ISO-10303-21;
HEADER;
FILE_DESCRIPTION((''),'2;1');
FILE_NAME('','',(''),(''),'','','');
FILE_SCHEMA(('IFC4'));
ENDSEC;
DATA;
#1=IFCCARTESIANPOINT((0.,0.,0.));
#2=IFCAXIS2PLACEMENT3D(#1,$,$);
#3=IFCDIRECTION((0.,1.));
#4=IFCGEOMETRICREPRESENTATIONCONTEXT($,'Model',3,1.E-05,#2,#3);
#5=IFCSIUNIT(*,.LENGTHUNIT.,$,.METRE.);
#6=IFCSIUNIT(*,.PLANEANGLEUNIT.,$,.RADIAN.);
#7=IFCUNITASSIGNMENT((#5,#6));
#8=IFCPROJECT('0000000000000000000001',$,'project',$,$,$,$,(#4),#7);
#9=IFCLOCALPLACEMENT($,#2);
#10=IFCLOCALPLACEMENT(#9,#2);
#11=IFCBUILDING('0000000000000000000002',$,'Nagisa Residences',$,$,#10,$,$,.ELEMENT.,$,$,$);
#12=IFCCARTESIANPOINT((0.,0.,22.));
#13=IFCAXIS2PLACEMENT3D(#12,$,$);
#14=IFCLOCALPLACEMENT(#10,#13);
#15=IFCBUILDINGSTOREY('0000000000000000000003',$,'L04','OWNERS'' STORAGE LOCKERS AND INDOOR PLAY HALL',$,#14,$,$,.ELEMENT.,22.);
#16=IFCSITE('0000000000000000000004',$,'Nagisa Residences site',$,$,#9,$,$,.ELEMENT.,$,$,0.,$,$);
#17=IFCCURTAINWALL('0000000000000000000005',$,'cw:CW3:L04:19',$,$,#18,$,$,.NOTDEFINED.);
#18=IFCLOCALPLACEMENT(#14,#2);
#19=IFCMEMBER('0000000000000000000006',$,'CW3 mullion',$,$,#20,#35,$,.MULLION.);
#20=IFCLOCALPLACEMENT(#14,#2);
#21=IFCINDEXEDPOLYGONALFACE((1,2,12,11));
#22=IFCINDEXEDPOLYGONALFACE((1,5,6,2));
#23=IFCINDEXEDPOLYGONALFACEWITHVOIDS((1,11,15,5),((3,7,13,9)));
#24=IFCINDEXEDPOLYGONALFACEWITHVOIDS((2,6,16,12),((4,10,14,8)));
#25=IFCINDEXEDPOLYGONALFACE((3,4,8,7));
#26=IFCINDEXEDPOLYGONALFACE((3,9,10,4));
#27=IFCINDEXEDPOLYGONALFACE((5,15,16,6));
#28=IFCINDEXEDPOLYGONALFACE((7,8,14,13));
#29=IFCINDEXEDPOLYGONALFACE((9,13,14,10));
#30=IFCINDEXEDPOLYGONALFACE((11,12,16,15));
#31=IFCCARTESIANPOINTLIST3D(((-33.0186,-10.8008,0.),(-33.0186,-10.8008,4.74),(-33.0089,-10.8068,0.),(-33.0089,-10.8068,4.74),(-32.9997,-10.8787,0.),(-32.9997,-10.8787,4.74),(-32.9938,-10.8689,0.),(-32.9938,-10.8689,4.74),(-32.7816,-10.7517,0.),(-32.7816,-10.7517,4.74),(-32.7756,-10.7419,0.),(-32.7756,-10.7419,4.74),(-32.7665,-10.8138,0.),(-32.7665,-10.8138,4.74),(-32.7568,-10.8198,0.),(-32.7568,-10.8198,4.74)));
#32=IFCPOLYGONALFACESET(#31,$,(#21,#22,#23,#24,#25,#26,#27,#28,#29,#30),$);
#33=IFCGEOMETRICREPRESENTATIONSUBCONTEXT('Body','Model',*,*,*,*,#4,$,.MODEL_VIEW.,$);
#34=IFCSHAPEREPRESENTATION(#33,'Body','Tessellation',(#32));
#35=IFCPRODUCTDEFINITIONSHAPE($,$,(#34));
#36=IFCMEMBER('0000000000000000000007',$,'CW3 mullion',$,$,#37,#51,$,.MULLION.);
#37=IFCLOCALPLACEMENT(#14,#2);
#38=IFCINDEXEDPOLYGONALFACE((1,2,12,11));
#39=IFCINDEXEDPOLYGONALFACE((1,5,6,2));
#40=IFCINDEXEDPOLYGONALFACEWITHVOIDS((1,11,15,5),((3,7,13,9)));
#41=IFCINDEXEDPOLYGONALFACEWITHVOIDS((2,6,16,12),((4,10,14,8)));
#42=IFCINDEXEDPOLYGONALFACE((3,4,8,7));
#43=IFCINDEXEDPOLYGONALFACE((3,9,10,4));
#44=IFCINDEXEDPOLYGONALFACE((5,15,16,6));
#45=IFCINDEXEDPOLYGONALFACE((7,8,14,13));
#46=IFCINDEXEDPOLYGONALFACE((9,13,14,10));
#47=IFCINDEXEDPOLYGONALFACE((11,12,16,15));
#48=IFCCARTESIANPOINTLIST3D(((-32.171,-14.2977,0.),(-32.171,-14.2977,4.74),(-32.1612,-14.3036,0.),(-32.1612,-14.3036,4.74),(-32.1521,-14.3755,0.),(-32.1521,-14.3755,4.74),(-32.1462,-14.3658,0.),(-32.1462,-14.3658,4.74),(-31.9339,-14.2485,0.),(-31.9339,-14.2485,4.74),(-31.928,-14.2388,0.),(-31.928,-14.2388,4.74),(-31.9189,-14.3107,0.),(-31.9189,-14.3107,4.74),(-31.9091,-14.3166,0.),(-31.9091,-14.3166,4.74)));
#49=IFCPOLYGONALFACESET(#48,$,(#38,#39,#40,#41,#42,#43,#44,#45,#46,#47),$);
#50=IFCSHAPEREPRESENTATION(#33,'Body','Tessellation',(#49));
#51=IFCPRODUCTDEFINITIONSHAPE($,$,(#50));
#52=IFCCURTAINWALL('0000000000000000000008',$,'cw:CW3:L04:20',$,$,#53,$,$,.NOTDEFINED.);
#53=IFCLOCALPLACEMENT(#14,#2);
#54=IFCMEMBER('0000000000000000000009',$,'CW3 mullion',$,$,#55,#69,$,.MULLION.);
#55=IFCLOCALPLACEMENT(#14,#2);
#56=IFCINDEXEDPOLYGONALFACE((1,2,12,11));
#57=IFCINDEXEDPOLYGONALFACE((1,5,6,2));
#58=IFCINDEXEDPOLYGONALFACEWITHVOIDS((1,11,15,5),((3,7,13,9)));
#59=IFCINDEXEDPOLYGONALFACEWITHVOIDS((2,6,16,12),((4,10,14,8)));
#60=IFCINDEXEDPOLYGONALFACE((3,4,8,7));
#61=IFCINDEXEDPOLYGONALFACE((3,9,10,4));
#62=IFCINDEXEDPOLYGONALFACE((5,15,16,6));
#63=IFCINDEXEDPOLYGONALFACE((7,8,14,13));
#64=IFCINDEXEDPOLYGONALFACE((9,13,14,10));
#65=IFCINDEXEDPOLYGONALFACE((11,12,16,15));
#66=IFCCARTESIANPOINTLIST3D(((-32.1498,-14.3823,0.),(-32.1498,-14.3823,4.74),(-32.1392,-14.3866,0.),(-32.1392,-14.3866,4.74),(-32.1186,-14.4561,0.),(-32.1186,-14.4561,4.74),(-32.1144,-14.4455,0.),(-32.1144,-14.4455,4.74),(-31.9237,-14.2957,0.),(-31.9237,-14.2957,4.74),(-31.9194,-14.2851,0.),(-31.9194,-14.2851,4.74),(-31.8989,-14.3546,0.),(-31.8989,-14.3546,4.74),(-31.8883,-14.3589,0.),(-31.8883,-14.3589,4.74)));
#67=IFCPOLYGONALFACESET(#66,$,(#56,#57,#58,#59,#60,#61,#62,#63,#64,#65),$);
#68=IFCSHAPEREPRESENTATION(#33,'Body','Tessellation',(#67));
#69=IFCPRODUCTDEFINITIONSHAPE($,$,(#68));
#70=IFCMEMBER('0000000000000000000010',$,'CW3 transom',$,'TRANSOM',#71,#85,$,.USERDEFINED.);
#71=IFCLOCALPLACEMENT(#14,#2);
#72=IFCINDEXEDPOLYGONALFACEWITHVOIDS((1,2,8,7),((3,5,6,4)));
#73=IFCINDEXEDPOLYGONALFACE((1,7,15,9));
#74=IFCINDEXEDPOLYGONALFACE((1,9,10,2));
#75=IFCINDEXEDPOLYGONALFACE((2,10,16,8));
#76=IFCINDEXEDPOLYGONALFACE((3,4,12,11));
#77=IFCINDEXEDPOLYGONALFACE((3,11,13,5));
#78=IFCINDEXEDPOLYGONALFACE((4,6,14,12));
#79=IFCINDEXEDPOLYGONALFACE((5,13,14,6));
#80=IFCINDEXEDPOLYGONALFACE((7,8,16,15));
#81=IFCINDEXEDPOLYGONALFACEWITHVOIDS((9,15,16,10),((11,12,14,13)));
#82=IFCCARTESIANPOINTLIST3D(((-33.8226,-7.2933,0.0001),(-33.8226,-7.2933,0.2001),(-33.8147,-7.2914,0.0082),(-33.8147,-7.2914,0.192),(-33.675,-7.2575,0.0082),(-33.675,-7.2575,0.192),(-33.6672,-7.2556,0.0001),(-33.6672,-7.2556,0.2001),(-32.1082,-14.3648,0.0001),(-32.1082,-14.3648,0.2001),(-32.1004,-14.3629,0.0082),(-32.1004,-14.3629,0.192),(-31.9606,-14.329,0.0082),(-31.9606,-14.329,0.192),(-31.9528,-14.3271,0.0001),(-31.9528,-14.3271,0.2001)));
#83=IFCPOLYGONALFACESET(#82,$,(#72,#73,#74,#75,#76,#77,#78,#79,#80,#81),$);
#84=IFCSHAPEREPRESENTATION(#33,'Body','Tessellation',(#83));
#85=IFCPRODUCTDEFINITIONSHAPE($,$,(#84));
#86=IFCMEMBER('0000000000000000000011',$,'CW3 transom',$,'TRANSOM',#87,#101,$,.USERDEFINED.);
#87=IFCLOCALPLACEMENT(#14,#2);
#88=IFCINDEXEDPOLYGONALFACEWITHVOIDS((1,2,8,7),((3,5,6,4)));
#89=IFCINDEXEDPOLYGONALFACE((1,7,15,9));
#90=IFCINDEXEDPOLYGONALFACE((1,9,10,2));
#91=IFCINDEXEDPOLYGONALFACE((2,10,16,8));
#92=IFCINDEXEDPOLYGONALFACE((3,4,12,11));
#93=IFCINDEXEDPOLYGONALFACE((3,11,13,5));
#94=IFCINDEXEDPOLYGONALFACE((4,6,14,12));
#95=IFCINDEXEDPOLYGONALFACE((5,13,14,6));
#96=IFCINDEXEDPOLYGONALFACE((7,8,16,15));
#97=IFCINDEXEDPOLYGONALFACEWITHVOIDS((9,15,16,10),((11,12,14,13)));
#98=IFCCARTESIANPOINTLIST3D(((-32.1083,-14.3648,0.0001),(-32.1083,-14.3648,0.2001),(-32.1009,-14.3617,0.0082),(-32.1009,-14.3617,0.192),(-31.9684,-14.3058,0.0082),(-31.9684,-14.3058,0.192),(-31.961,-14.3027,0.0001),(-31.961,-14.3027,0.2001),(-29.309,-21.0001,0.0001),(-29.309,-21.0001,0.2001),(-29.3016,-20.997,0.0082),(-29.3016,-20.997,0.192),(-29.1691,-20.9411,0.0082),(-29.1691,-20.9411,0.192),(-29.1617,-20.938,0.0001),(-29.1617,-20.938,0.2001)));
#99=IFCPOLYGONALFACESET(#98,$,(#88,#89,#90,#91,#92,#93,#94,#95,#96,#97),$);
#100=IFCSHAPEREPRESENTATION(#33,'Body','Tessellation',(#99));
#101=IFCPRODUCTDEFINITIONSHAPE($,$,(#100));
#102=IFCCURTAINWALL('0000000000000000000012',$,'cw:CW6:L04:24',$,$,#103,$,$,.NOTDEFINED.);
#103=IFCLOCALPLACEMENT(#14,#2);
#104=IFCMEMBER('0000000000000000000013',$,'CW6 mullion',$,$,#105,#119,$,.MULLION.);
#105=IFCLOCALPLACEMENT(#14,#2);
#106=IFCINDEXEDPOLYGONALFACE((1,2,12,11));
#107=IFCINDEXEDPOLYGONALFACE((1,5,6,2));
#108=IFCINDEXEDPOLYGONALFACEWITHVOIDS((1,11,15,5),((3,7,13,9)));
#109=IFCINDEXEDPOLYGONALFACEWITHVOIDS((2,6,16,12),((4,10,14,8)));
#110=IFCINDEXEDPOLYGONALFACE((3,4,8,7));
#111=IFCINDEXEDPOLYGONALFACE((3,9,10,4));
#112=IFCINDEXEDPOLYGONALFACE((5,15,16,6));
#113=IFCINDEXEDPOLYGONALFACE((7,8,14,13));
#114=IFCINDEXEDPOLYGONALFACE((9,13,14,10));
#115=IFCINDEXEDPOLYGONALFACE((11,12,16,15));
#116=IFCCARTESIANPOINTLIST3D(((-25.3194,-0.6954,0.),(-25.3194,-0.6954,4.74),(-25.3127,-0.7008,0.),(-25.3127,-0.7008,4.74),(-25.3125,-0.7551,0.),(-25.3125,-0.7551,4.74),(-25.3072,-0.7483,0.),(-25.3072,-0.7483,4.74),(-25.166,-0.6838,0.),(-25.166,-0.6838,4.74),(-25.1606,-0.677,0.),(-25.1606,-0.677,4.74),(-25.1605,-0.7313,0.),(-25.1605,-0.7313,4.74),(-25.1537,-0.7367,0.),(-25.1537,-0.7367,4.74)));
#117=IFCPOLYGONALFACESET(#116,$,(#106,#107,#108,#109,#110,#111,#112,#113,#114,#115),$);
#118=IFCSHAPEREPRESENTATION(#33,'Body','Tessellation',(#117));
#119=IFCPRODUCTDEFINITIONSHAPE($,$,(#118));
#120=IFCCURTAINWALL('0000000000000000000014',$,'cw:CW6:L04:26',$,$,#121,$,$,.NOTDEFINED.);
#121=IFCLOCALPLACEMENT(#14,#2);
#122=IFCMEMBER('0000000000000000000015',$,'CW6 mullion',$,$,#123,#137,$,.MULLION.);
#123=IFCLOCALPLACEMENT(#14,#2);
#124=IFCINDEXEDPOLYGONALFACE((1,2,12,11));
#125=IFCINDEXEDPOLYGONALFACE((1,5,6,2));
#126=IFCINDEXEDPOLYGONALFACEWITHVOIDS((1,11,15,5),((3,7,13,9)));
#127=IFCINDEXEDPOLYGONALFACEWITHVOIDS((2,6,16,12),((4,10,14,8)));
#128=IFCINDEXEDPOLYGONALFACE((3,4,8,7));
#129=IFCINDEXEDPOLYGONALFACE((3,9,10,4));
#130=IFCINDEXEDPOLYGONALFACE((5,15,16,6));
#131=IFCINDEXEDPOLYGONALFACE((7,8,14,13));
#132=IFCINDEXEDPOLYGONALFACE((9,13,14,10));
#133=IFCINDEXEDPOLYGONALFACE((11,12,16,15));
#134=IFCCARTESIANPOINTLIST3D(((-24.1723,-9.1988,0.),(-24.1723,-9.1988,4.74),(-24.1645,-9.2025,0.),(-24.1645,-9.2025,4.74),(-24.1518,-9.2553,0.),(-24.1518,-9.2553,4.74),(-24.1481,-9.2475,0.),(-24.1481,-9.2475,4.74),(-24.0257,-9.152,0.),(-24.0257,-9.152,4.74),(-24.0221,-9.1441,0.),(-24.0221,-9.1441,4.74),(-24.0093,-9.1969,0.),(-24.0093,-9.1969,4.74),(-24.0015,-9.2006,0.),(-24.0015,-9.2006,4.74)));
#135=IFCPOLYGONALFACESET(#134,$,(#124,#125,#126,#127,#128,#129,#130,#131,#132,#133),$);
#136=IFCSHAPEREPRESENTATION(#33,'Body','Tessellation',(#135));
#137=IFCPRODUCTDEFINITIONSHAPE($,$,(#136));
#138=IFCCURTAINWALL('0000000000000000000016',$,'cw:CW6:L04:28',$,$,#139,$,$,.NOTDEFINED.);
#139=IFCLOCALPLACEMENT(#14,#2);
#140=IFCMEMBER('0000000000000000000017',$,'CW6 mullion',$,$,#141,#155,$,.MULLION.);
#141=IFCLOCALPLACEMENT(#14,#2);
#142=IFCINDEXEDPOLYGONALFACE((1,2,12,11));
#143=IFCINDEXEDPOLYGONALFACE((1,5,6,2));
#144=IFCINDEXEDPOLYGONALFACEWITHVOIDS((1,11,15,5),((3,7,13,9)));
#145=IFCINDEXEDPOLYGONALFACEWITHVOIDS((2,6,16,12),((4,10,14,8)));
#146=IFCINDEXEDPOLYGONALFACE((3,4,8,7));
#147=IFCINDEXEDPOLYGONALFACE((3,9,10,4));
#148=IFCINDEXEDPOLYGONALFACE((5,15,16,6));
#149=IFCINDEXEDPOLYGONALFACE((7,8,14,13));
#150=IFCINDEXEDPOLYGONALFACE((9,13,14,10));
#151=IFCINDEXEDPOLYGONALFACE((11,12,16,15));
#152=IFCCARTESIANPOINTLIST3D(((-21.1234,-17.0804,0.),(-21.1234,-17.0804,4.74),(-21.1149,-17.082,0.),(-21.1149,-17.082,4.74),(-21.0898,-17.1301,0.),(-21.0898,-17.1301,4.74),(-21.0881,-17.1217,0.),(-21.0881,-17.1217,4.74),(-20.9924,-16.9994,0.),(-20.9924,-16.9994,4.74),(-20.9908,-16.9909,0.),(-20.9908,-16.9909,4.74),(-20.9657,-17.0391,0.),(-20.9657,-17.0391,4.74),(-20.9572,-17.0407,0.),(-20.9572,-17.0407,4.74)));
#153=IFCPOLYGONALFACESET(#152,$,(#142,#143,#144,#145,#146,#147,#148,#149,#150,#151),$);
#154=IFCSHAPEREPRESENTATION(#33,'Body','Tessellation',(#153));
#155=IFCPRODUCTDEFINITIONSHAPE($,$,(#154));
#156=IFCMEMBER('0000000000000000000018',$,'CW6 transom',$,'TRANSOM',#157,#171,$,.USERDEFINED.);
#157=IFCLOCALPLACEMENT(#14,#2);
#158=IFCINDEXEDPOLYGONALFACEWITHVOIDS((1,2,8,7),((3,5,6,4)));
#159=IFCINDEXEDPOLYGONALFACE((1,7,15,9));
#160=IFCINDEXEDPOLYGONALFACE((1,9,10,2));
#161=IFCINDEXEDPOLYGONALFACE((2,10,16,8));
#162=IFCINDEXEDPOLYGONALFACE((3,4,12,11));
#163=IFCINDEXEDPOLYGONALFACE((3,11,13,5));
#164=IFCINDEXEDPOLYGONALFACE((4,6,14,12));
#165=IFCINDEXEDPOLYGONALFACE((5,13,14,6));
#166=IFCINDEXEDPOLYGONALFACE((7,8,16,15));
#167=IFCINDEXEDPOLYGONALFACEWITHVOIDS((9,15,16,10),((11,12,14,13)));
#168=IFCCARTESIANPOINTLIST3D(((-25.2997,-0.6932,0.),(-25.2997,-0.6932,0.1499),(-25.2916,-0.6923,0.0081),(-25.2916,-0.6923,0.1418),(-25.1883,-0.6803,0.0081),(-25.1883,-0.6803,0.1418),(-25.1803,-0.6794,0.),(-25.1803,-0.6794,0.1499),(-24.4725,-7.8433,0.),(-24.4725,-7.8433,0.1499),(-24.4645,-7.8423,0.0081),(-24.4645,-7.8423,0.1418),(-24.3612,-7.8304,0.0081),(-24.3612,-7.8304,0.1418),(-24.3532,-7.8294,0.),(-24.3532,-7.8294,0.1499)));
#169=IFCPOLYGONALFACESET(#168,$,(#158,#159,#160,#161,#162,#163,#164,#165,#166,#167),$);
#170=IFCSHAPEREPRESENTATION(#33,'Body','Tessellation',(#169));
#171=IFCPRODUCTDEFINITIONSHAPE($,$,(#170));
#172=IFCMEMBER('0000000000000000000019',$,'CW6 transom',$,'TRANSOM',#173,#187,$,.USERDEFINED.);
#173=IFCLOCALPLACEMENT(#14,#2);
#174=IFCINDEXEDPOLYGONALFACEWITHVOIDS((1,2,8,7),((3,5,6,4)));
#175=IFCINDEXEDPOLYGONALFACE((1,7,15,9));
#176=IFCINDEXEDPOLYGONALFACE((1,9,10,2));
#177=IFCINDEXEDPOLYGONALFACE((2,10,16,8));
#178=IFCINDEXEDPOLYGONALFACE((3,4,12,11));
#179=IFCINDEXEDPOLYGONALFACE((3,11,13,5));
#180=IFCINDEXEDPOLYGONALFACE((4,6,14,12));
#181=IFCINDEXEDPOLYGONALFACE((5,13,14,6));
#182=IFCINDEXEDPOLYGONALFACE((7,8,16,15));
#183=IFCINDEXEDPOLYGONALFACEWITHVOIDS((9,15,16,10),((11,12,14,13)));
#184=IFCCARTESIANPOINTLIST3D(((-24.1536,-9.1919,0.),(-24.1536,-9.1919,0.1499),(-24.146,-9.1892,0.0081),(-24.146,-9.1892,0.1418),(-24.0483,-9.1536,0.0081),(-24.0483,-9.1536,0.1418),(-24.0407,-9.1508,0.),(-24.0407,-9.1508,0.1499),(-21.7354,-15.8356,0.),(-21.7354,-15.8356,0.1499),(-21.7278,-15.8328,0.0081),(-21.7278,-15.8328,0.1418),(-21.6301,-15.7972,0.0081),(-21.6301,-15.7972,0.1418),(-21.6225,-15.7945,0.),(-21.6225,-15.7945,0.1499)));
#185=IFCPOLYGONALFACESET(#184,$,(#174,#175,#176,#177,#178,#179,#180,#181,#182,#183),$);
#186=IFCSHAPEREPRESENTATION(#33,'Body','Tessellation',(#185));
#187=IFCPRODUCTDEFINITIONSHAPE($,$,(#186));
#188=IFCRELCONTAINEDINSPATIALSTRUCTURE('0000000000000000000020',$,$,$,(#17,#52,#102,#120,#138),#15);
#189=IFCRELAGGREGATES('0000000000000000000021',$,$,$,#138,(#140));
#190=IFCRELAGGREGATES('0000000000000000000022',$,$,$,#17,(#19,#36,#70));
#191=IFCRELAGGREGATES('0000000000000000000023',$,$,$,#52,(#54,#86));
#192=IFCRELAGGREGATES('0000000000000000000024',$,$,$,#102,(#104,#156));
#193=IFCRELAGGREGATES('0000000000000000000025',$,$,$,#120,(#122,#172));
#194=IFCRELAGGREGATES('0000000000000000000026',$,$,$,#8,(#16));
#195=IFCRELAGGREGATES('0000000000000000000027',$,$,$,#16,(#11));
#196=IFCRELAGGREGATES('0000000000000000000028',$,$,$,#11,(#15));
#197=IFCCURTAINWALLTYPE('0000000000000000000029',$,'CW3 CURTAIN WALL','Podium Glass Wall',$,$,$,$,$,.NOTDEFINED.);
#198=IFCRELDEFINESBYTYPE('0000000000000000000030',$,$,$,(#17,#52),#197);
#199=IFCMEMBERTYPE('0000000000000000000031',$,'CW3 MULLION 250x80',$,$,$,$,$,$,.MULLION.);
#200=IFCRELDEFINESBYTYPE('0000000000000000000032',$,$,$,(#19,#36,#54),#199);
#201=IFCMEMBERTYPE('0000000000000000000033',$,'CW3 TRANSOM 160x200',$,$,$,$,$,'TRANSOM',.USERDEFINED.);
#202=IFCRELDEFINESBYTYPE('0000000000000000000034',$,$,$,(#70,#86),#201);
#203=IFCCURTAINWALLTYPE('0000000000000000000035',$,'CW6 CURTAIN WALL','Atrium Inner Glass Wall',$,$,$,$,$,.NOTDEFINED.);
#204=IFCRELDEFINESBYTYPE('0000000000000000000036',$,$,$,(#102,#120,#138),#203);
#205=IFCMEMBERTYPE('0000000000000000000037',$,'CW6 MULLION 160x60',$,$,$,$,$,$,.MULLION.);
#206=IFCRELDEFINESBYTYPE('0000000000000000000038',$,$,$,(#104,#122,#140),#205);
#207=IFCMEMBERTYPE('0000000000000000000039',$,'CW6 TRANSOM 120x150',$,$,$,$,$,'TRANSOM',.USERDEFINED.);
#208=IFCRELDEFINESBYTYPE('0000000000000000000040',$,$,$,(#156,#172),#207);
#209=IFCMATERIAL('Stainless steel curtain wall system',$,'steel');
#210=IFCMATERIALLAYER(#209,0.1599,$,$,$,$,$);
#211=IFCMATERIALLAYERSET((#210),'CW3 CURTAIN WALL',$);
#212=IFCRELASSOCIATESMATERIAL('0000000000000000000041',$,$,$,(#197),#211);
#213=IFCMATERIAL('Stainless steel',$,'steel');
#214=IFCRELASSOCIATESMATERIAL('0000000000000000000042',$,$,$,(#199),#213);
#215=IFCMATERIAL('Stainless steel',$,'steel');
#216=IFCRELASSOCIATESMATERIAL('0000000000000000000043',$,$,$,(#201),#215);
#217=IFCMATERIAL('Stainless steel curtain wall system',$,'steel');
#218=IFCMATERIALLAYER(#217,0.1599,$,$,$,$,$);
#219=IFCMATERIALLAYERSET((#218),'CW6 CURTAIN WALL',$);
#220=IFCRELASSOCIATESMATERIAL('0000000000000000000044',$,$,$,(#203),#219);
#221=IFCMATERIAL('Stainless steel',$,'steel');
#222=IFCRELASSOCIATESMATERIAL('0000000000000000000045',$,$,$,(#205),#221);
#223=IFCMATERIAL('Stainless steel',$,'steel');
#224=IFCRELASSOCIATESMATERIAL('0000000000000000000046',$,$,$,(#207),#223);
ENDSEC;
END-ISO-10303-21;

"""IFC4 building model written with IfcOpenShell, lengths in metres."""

from ifc_helpers import new_model, si_unit, direction, frame, origin, origin_2d, place, context, subcontext, project, spatial, hollow_rectangle, extrude, material, layer, layer_set, material_profile, profile_set, type_object, element, aggregate, save


model = new_model("IFC4")

# Units and contexts
model_context = context("Model", 3, precision=1e-05, world=origin(), true_north=direction((0.0, 1.0)))
body_context = subcontext(model_context, "Body", "Model", "MODEL_VIEW")
ifc_project = project(units=[si_unit("LENGTHUNIT", "METRE"), si_unit("PLANEANGLEUNIT", "RADIAN")], contexts=[model_context])

# Site, building, storey
site_placement = place(None, origin())
site = spatial("IfcSite", under=ifc_project, at=site_placement, Name="Nagisa Residences site", CompositionType="ELEMENT", RefElevation=0.0)
building_placement = place(site_placement, origin())
building = spatial("IfcBuilding", under=site, at=building_placement, Name="Nagisa Residences", CompositionType="ELEMENT")
storey_placement = place(building_placement, frame((0.0, 0.0, 22.0)))
storey = spatial("IfcBuildingStorey", under=building, at=storey_placement, Name="L04", Description="OWNERS' STORAGE LOCKERS AND INDOOR PLAY HALL", CompositionType="ELEMENT", Elevation=22.0)

# Curtain wall, members
ifc_material_1 = material(Name="Stainless steel curtain wall system", Category="steel")
ifc_layer_1 = layer(ifc_material_1, 0.1599)
ifc_layer_set_1 = layer_set([ifc_layer_1], Name="CW3 CURTAIN WALL")
curtain_wall_type_1 = type_object("IfcCurtainWallType", Name="CW3 CURTAIN WALL", Description="Podium Glass Wall", PredefinedType="NOTDEFINED", material=ifc_layer_set_1)
ifc_material_2 = material(Name="Stainless steel", Category="steel")
ifc_material_profile_1 = material_profile(ifc_material_2, hollow_rectangle(XDim=0.25, YDim=0.0801, WallThickness=0.0081, at=origin_2d()), Name="CW3 MULLION 250x80")
ifc_profile_set_1 = profile_set([ifc_material_profile_1], Name="Stainless steel")
member_type_1 = type_object("IfcMemberType", Name="CW3 MULLION 250x80", PredefinedType="MULLION", material=ifc_profile_set_1)
curtain_wall_1_placement = place(storey_placement, origin())
curtain_wall_1 = element("IfcCurtainWall", 1, at=curtain_wall_1_placement, inside=storey, type_object=curtain_wall_type_1, Name="cw:CW3:L04:19", PredefinedType="NOTDEFINED")
member_1_placement = place(storey_placement, frame((-32.8877, -10.8103, 0.0), z_axis=(0.0, 0.0, 1.0), x_axis=(0.971849, 0.235606, 0.0)))
member_1 = element("IfcMember", 2, at=member_1_placement, type_object=member_type_1, Name="CW3 mullion", PredefinedType="MULLION", context=body_context, shape_type="SweptSolid", body=[
    extrude(hollow_rectangle(XDim=0.25, YDim=0.0801, WallThickness=0.0081, at=origin_2d()), origin(), (0.0, 0.0, 1.0), 4.74),
])
member_2_placement = place(storey_placement, frame((-32.04, -14.3071, 0.0), z_axis=(0.0, 0.0, 1.0), x_axis=(0.971849, 0.235606, 0.0)))
member_2 = element("IfcMember", 3, at=member_2_placement, type_object=member_type_1, Name="CW3 mullion", PredefinedType="MULLION", context=body_context, shape_type="SweptSolid", body=[
    extrude(hollow_rectangle(XDim=0.25, YDim=0.0801, WallThickness=0.0081, at=origin_2d()), origin(), (0.0, 0.0, 1.0), 4.74),
])

# Curtain wall, member
curtain_wall_2_placement = place(storey_placement, origin())
curtain_wall_2 = element("IfcCurtainWall", 4, at=curtain_wall_2_placement, inside=storey, type_object=curtain_wall_type_1, Name="cw:CW3:L04:20", PredefinedType="NOTDEFINED")
member_3_placement = place(storey_placement, frame((-32.019, -14.3706, 0.0), z_axis=(0.0, 0.0, 1.0), x_axis=(0.921357, 0.388718, 0.0)))
member_3 = element("IfcMember", 5, at=member_3_placement, type_object=member_type_1, Name="CW3 mullion", PredefinedType="MULLION", context=body_context, shape_type="SweptSolid", body=[
    extrude(hollow_rectangle(XDim=0.25, YDim=0.0801, WallThickness=0.0081, at=origin_2d()), origin(), (0.0, 0.0, 1.0), 4.74),
])

# Members
ifc_material_3 = material(Name="Stainless steel", Category="steel")
ifc_material_profile_2 = material_profile(ifc_material_3, hollow_rectangle(XDim=0.1599, YDim=0.2, WallThickness=0.0081, at=origin_2d()), Name="CW3 TRANSOM 160x200")
ifc_profile_set_2 = profile_set([ifc_material_profile_2], Name="Stainless steel")
member_type_2 = type_object("IfcMemberType", Name="CW3 TRANSOM 160x200", ElementType="TRANSOM", PredefinedType="USERDEFINED", material=ifc_profile_set_2)
member_4_placement = place(storey_placement, frame((-33.7449, -7.2744, 0.1001), z_axis=(0.235606, -0.971849, 0.0), x_axis=(0.971849, 0.235606, 0.0)))
member_4 = element("IfcMember", 6, at=member_4_placement, type_object=member_type_2, Name="CW3 transom", ObjectType="TRANSOM", PredefinedType="USERDEFINED", context=body_context, shape_type="SweptSolid", body=[
    extrude(hollow_rectangle(XDim=0.1599, YDim=0.2, WallThickness=0.0081, at=origin_2d()), origin(), (0.0, 0.0, 1.0), 7.2764),
])
member_5_placement = place(storey_placement, frame((-32.0347, -14.3337, 0.1001), z_axis=(0.388709, -0.921361, 0.0), x_axis=(0.921361, 0.388709, 0.0)))
member_5 = element("IfcMember", 7, at=member_5_placement, type_object=member_type_2, Name="CW3 transom", ObjectType="TRANSOM", PredefinedType="USERDEFINED", context=body_context, shape_type="SweptSolid", body=[
    extrude(hollow_rectangle(XDim=0.1599, YDim=0.2, WallThickness=0.0081, at=origin_2d()), origin(), (0.0, 0.0, 1.0), 7.2017),
])

# Curtain walls, members
ifc_material_4 = material(Name="Stainless steel curtain wall system", Category="steel")
ifc_layer_2 = layer(ifc_material_4, 0.1599)
ifc_layer_set_2 = layer_set([ifc_layer_2], Name="CW6 CURTAIN WALL")
curtain_wall_type_2 = type_object("IfcCurtainWallType", Name="CW6 CURTAIN WALL", Description="Atrium Inner Glass Wall", PredefinedType="NOTDEFINED", material=ifc_layer_set_2)
curtain_wall_3_placement = place(storey_placement, origin())
curtain_wall_3 = element("IfcCurtainWall", 8, at=curtain_wall_3_placement, inside=storey, type_object=curtain_wall_type_2, Name="cw:CW6:L04:24", PredefinedType="NOTDEFINED")
ifc_material_5 = material(Name="Stainless steel", Category="steel")
ifc_material_profile_3 = material_profile(ifc_material_5, hollow_rectangle(XDim=0.1599, YDim=0.0601, WallThickness=0.0061, at=origin_2d()), Name="CW6 MULLION 160x60")
ifc_profile_set_3 = profile_set([ifc_material_profile_3], Name="Stainless steel")
member_type_3 = type_object("IfcMemberType", Name="CW6 MULLION 160x60", PredefinedType="MULLION", material=ifc_profile_set_3)
member_6_placement = place(storey_placement, frame((-25.2366, -0.7161, 0.0), z_axis=(0.0, 0.0, 1.0), x_axis=(0.993374, 0.114928, 0.0)))
member_6 = element("IfcMember", 9, at=member_6_placement, type_object=member_type_3, Name="CW6 mullion", PredefinedType="MULLION", context=body_context, shape_type="SweptSolid", body=[
    extrude(hollow_rectangle(XDim=0.1599, YDim=0.0601, WallThickness=0.0061, at=origin_2d()), origin(), (0.0, 0.0, 1.0), 4.74),
])
curtain_wall_4_placement = place(storey_placement, origin())
curtain_wall_4 = element("IfcCurtainWall", 10, at=curtain_wall_4_placement, inside=storey, type_object=curtain_wall_type_2, Name="cw:CW6:L04:26", PredefinedType="NOTDEFINED")
member_7_placement = place(storey_placement, frame((-24.0869, -9.1997, 0.0), z_axis=(0.0, 0.0, 1.0), x_axis=(0.939682, 0.34205, 0.0)))
member_7 = element("IfcMember", 11, at=member_7_placement, type_object=member_type_3, Name="CW6 mullion", PredefinedType="MULLION", context=body_context, shape_type="SweptSolid", body=[
    extrude(hollow_rectangle(XDim=0.1599, YDim=0.0601, WallThickness=0.0061, at=origin_2d()), origin(), (0.0, 0.0, 1.0), 4.74),
])
curtain_wall_5_placement = place(storey_placement, origin())
curtain_wall_5 = element("IfcCurtainWall", 12, at=curtain_wall_5_placement, inside=storey, type_object=curtain_wall_type_2, Name="cw:CW6:L04:28", PredefinedType="NOTDEFINED")
member_8_placement = place(storey_placement, frame((-21.0403, -17.0605, 0.0), z_axis=(0.0, 0.0, 1.0), x_axis=(0.829111, 0.559084, 0.0)))
member_8 = element("IfcMember", 13, at=member_8_placement, type_object=member_type_3, Name="CW6 mullion", PredefinedType="MULLION", context=body_context, shape_type="SweptSolid", body=[
    extrude(hollow_rectangle(XDim=0.1599, YDim=0.0601, WallThickness=0.0061, at=origin_2d()), origin(), (0.0, 0.0, 1.0), 4.74),
])

# Members
ifc_material_6 = material(Name="Stainless steel", Category="steel")
ifc_material_profile_4 = material_profile(ifc_material_6, hollow_rectangle(XDim=0.1201, YDim=0.1499, WallThickness=0.0081, at=origin_2d()), Name="CW6 TRANSOM 120x150")
ifc_profile_set_4 = profile_set([ifc_material_profile_4], Name="Stainless steel")
member_type_4 = type_object("IfcMemberType", Name="CW6 TRANSOM 120x150", ElementType="TRANSOM", PredefinedType="USERDEFINED", material=ifc_profile_set_4)
member_9_placement = place(storey_placement, frame((-25.24, -0.6863, 0.075), z_axis=(0.114916, -0.993375, 0.0), x_axis=(0.993375, 0.114916, 0.0)))
member_9 = element("IfcMember", 14, at=member_9_placement, type_object=member_type_4, Name="CW6 transom", ObjectType="TRANSOM", PredefinedType="USERDEFINED", context=body_context, shape_type="SweptSolid", body=[
    extrude(hollow_rectangle(XDim=0.1201, YDim=0.1499, WallThickness=0.0081, at=origin_2d()), origin(), (0.0, 0.0, 1.0), 7.1978),
])
member_10_placement = place(storey_placement, frame((-24.0972, -9.1714, 0.075), z_axis=(0.34204, -0.939685, 0.0), x_axis=(0.939685, 0.34204, 0.0)))
member_10 = element("IfcMember", 15, at=member_10_placement, type_object=member_type_4, Name="CW6 transom", ObjectType="TRANSOM", PredefinedType="USERDEFINED", context=body_context, shape_type="SweptSolid", body=[
    extrude(hollow_rectangle(XDim=0.1201, YDim=0.1499, WallThickness=0.0081, at=origin_2d()), origin(), (0.0, 0.0, 1.0), 7.0701),
])
aggregate(curtain_wall_5, [member_8])

aggregate(curtain_wall_1, [member_1, member_2, member_4])
aggregate(curtain_wall_2, [member_3, member_5])
aggregate(curtain_wall_3, [member_6, member_9])
aggregate(curtain_wall_4, [member_7, member_10])

save(model, "model.ifc")
